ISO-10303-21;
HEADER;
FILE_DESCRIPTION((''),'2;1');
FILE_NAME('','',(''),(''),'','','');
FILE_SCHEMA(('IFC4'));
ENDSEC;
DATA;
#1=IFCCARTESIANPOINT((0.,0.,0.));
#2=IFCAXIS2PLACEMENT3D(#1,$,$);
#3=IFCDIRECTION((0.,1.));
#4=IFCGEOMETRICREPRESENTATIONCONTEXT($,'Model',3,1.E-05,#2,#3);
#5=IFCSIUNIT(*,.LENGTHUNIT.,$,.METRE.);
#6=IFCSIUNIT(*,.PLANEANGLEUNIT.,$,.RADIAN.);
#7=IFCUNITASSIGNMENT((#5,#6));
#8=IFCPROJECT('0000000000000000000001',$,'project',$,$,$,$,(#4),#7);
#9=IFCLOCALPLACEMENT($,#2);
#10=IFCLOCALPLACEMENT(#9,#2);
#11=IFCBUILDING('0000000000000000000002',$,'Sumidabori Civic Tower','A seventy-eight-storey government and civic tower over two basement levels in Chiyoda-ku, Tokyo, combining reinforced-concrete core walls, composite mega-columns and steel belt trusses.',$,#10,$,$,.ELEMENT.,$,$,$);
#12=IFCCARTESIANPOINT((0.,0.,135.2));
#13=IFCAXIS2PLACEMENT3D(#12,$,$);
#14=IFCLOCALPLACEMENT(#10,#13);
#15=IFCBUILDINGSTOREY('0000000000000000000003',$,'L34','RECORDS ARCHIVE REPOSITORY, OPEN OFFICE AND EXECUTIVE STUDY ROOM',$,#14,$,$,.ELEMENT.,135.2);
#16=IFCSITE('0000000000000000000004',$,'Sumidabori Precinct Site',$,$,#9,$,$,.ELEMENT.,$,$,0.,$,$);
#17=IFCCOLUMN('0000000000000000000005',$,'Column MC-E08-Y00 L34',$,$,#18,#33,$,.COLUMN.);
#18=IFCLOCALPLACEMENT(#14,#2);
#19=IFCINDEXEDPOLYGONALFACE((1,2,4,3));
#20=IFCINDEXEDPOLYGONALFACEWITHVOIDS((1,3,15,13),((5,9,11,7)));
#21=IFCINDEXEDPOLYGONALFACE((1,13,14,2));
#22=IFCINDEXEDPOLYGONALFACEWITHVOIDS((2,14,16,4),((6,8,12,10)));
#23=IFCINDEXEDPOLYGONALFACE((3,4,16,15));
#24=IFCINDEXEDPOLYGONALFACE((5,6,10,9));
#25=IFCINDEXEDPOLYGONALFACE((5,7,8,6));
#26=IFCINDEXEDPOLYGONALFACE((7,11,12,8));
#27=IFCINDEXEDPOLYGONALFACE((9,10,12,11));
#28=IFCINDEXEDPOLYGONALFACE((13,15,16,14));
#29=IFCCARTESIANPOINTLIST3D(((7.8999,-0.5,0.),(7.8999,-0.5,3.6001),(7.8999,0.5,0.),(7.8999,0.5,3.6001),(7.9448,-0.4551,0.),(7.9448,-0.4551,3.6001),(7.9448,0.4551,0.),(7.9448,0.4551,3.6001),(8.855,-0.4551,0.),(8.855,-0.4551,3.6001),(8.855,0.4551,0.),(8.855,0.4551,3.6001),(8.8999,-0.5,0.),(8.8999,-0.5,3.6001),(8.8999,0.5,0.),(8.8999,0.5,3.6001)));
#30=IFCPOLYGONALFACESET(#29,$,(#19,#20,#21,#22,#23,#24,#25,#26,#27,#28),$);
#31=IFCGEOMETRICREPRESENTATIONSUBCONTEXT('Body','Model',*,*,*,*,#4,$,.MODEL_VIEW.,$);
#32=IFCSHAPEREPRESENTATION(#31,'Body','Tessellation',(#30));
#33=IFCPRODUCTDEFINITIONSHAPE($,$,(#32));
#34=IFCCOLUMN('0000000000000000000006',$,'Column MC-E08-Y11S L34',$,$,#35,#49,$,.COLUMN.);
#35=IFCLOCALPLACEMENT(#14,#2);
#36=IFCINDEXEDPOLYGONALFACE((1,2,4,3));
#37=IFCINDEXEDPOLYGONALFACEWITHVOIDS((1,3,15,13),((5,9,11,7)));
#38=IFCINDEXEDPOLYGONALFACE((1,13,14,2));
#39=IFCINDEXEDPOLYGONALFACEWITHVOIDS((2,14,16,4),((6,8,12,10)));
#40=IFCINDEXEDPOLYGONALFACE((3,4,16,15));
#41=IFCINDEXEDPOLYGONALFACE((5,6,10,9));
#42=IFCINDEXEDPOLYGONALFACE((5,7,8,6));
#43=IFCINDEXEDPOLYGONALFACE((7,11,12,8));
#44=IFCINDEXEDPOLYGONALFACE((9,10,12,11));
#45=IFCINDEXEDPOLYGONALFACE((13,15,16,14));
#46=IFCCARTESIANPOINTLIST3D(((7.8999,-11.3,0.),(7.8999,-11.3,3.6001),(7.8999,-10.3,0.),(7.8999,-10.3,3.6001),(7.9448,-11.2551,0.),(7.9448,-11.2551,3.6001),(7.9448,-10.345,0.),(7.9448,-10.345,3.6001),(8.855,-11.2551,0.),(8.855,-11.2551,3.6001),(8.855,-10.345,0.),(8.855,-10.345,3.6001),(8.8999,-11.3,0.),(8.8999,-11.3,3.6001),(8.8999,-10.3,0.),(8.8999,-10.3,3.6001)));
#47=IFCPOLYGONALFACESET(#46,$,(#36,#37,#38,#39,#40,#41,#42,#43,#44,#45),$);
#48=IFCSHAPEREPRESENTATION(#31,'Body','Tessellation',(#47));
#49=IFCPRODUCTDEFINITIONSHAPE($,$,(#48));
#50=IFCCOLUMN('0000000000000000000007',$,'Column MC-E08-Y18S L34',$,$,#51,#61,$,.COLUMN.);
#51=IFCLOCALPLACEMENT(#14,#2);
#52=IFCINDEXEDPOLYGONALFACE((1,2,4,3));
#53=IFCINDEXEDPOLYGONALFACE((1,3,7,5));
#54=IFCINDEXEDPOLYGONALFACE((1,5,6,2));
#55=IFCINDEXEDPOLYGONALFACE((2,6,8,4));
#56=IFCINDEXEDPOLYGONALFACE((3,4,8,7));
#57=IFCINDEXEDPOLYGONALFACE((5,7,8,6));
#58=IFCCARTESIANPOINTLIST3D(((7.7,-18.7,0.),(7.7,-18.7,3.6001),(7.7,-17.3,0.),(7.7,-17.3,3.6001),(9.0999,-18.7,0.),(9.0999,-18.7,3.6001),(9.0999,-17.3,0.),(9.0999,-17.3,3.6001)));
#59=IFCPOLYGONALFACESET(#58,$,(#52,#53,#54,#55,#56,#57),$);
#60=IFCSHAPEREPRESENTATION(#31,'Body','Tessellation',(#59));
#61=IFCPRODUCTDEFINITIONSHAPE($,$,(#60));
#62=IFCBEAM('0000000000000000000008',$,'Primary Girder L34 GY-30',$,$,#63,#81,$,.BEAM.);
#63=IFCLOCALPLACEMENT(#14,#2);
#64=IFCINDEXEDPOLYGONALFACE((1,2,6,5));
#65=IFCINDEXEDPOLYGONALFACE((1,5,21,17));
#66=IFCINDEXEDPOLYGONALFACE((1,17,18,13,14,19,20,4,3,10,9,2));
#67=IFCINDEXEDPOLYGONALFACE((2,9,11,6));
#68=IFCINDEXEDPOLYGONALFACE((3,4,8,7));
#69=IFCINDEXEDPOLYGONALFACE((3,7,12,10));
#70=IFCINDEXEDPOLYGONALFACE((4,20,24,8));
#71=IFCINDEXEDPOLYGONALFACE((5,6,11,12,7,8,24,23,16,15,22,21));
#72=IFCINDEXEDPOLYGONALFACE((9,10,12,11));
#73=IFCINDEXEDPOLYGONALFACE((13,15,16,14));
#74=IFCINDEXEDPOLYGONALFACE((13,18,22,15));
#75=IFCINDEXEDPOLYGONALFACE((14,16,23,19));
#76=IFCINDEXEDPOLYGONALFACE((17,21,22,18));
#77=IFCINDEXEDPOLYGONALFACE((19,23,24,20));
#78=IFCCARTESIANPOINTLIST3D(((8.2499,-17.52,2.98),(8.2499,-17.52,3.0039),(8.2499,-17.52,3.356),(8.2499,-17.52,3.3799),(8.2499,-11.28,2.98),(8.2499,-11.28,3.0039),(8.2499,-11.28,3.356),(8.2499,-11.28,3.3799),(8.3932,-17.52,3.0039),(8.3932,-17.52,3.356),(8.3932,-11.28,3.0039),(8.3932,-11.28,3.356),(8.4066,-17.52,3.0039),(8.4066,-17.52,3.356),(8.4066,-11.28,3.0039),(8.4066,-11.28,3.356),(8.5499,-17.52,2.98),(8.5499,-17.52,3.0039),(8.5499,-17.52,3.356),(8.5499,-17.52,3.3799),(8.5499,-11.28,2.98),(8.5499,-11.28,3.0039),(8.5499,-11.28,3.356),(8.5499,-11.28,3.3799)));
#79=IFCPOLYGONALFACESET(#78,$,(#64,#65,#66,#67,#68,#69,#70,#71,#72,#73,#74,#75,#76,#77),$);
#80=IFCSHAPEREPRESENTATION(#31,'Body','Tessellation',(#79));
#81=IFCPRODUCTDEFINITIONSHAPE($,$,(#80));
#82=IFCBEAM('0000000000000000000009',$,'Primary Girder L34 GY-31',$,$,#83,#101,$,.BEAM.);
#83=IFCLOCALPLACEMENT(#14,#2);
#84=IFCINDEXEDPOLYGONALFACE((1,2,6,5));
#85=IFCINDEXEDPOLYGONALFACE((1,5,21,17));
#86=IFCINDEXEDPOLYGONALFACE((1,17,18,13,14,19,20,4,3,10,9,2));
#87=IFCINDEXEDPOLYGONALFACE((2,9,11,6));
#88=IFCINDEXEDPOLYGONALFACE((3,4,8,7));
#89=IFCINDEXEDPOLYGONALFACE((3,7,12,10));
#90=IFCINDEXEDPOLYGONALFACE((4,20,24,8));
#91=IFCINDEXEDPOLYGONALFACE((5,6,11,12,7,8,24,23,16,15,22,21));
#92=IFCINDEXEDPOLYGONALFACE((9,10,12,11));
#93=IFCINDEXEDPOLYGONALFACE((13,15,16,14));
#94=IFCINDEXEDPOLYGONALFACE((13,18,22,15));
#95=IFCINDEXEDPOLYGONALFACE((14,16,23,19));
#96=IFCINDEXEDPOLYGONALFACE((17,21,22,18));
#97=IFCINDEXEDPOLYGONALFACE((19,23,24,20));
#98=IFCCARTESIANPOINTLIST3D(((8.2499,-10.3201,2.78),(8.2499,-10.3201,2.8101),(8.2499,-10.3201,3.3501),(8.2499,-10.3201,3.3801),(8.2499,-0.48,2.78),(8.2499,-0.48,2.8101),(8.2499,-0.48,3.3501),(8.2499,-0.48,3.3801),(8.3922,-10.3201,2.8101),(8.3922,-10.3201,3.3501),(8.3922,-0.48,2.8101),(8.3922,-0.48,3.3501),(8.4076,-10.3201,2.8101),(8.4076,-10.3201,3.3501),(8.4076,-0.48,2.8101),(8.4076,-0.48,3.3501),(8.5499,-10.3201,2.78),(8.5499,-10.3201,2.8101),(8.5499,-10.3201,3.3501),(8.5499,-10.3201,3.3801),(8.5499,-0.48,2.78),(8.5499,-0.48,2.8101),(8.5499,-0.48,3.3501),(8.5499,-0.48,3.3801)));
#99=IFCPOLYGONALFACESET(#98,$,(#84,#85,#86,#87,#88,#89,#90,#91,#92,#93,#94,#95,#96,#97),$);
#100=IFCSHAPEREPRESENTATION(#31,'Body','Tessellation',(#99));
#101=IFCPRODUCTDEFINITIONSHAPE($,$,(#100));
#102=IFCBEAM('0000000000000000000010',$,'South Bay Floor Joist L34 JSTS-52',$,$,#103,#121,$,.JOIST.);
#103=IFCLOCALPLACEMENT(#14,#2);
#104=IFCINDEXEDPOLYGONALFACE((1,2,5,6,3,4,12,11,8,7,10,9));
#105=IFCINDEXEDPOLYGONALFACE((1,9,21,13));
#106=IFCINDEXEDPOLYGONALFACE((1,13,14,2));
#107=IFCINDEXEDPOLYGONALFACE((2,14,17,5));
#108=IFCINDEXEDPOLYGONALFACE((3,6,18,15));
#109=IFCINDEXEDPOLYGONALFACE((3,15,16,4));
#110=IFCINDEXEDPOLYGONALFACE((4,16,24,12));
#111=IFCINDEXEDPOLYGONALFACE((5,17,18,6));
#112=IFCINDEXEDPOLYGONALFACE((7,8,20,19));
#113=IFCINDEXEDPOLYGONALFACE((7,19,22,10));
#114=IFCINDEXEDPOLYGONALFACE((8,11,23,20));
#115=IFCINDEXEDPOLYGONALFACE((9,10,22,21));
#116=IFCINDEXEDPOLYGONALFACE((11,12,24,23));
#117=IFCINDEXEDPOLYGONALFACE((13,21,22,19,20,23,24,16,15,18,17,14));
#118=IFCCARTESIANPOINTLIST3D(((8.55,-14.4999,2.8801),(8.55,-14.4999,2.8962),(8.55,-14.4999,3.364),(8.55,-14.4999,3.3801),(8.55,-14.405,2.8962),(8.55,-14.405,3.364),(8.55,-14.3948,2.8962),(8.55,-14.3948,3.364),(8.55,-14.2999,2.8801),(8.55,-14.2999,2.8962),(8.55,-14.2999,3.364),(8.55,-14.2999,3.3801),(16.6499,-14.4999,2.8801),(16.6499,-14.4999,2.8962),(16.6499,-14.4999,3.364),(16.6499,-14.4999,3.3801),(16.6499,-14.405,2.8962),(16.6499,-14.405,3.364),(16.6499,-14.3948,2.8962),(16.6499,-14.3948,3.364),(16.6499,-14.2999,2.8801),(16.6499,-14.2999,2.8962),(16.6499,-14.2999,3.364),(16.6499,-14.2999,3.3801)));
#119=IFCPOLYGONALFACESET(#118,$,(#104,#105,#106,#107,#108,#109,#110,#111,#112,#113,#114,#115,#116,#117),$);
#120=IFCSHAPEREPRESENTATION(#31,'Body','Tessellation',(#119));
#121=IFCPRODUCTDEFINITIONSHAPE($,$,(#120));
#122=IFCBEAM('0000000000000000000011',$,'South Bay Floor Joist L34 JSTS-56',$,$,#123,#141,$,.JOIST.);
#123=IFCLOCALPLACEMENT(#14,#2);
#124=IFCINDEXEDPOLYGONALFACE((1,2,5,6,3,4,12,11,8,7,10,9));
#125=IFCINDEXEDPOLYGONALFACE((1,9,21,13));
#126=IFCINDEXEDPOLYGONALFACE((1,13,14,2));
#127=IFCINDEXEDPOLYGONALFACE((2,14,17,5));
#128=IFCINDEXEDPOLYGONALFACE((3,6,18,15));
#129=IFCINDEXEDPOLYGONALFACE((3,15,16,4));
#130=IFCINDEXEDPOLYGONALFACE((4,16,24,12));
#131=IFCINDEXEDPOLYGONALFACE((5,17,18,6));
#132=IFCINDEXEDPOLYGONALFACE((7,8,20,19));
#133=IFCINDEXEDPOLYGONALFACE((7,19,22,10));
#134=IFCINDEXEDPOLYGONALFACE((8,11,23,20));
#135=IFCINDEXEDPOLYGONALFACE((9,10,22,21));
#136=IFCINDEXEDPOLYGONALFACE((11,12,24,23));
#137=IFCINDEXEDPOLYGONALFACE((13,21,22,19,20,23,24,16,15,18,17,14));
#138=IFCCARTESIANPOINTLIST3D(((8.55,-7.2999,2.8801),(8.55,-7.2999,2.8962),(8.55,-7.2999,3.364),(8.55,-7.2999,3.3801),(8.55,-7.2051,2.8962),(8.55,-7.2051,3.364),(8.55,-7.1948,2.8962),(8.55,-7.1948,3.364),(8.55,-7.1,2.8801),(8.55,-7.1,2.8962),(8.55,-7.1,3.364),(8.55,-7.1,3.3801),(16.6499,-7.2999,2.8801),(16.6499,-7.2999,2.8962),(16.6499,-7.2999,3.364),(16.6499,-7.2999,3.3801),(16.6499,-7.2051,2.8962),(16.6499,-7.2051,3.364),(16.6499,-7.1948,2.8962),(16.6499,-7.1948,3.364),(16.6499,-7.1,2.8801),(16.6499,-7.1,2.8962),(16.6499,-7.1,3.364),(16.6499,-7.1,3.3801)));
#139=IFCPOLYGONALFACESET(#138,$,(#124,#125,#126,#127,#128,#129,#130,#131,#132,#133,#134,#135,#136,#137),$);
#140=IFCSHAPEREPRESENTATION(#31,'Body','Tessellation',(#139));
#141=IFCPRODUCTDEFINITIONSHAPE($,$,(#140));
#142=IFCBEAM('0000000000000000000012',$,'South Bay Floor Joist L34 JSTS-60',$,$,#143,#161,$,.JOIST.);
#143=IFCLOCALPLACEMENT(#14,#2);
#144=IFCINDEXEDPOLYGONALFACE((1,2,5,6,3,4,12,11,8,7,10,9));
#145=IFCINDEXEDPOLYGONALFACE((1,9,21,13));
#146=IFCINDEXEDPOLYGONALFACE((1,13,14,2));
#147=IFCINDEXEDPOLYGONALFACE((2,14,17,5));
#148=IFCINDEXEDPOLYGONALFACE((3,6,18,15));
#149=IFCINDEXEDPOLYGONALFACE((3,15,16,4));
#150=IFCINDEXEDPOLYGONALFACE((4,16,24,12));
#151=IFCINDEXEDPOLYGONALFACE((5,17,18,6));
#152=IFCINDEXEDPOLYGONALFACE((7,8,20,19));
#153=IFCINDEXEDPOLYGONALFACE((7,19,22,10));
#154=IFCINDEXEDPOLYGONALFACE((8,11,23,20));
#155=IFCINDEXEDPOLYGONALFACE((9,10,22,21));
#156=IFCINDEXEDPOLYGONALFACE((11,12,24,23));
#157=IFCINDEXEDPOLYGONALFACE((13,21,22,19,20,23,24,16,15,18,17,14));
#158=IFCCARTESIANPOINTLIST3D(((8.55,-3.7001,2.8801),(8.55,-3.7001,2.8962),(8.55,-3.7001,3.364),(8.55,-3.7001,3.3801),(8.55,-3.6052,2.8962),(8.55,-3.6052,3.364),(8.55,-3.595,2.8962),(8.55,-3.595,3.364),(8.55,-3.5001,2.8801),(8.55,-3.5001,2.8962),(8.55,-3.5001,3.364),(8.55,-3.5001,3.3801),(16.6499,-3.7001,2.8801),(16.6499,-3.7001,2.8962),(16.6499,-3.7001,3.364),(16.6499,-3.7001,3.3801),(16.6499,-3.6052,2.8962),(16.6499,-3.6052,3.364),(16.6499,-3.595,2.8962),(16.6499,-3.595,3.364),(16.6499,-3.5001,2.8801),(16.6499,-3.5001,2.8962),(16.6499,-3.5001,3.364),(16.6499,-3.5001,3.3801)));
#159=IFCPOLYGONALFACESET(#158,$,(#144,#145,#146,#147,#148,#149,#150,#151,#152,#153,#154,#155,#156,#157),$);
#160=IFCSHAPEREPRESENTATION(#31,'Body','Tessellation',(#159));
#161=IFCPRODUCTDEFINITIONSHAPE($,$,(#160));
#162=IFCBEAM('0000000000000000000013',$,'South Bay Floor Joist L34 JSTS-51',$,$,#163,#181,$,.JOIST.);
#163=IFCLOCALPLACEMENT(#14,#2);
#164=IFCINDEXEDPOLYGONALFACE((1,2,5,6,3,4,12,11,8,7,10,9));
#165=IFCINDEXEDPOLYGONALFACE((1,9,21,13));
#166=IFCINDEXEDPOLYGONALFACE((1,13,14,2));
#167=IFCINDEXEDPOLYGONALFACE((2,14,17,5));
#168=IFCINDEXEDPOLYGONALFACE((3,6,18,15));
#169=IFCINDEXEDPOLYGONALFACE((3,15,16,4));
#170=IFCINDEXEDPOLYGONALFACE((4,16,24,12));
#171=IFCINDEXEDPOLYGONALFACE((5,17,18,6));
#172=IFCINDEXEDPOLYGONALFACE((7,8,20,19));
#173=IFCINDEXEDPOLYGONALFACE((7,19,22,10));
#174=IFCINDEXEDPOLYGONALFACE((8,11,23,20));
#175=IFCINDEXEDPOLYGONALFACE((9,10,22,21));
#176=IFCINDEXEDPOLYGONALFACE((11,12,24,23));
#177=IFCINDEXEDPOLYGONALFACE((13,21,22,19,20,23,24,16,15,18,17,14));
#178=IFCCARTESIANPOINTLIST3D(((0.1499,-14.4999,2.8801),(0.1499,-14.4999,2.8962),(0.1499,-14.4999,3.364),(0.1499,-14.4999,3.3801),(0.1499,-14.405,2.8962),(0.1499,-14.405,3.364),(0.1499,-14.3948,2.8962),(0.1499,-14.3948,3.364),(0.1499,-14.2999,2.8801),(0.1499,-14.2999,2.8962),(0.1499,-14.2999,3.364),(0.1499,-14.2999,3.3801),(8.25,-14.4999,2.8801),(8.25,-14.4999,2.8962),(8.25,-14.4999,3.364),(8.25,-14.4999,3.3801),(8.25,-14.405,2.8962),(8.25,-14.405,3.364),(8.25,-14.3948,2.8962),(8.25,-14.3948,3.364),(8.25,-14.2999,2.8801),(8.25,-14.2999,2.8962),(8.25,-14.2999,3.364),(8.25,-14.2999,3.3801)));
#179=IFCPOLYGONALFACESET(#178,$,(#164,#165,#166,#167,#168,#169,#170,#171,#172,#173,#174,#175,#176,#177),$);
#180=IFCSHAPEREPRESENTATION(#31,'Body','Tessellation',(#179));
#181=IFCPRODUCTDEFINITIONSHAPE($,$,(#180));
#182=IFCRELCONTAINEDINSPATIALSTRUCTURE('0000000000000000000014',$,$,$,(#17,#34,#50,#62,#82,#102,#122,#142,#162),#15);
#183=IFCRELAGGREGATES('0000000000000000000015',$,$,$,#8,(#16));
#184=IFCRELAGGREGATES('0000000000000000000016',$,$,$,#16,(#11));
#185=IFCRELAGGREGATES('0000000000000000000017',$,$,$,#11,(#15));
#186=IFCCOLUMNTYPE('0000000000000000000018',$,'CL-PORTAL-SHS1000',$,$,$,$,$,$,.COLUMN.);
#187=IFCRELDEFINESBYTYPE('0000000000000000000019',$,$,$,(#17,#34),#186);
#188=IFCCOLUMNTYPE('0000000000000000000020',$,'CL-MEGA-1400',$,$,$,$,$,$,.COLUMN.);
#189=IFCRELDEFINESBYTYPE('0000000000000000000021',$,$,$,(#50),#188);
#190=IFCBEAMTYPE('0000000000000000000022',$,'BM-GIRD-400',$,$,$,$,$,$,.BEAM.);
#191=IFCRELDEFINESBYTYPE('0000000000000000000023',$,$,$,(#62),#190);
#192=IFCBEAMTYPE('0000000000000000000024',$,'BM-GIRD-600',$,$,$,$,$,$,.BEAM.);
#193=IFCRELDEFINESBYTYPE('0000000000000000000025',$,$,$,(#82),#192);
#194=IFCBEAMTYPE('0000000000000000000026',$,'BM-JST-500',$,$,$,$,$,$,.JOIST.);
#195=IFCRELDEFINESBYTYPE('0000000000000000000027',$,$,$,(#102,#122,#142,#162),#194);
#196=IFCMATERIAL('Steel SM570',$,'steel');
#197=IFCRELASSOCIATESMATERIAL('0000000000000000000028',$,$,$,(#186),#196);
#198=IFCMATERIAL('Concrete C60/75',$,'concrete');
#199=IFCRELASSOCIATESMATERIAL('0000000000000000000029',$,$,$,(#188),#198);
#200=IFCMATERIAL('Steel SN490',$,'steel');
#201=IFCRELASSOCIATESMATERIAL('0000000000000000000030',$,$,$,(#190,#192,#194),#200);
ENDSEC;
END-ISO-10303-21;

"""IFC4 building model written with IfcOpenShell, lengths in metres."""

from ifc_helpers import new_model, si_unit, direction, frame, origin, origin_2d, place, context, subcontext, project, spatial, rectangle, hollow_rectangle, i_section, extrude, source, transform, mapped, material, material_profile, profile_set, type_object, element, save


model = new_model("IFC4")

# Units and contexts
model_context = context("Model", 3, precision=1e-05, world=origin(), true_north=direction((0.0, 1.0)))
body_context = subcontext(model_context, "Body", "Model", "MODEL_VIEW")
ifc_project = project(units=[si_unit("LENGTHUNIT", "METRE"), si_unit("PLANEANGLEUNIT", "RADIAN")], contexts=[model_context])

# Site, building, storey
site_placement = place(None, origin())
site = spatial("IfcSite", under=ifc_project, at=site_placement, Name="Sumidabori Precinct Site", CompositionType="ELEMENT", RefElevation=0.0)
building_placement = place(site_placement, origin())
building = spatial("IfcBuilding", under=site, at=building_placement, Name="Sumidabori Civic Tower", Description="A seventy-eight-storey government and civic tower over two basement levels in Chiyoda-ku, Tokyo, combining reinforced-concrete core walls, composite mega-columns and steel belt trusses.", CompositionType="ELEMENT")
storey_placement = place(building_placement, frame((0.0, 0.0, 135.2)))
storey = spatial("IfcBuildingStorey", under=building, at=storey_placement, Name="L34", Description="RECORDS ARCHIVE REPOSITORY, OPEN OFFICE AND EXECUTIVE STUDY ROOM", CompositionType="ELEMENT", Elevation=135.2)

# Columns
ifc_material_1 = material(Name="Steel SM570", Category="steel")
ifc_material_profile_1 = material_profile(ifc_material_1, hollow_rectangle(XDim=1.0, YDim=1.0, WallThickness=0.0449, at=origin_2d()), Name="SHS 1000x1000x45")
ifc_profile_set_1 = profile_set([ifc_material_profile_1], Name="Steel SM570")
column_type_1 = type_object("IfcColumnType", Name="CL-PORTAL-SHS1000", PredefinedType="COLUMN", material=ifc_profile_set_1)
shared_shape_1 = source(origin(), body_context, "Body", "SweptSolid", [
    extrude(hollow_rectangle(XDim=1.0, YDim=1.0, WallThickness=0.0449, at=origin_2d()), origin(), (0.0, 0.0, 1.0), 3.6001),
])
for number, where, z_axis, x_axis, name in (
    (1, (8.3999, 0.0, 0.0), (0.0, 0.0, 1.0), (1.0, 0.0, 0.0), "Column MC-E08-Y00 L34"),
    (2, (8.3999, -10.8, 0.0), (0.0, 0.0, 1.0), (1.0, 0.0, 0.0), "Column MC-E08-Y11S L34"),
):
    element("IfcColumn", number, at=place(storey_placement, frame(where, z_axis=z_axis, x_axis=x_axis)), inside=storey, type_object=column_type_1, Name=name, PredefinedType="COLUMN", context=body_context, shape_type="MappedRepresentation", body=[
        mapped(shared_shape_1, transform((0.0, 0.0, 0.0), x_axis=(1.0, 0.0, 0.0), y_axis=(0.0, 1.0, 0.0), z_axis=(0.0, 0.0, 1.0), scale=1.0)),
    ])
ifc_material_2 = material(Name="Concrete C60/75", Category="concrete")
ifc_material_profile_2 = material_profile(ifc_material_2, rectangle(XDim=1.3999, YDim=1.3999, at=origin_2d()), Name="RC 1400x1400")
ifc_profile_set_2 = profile_set([ifc_material_profile_2], Name="Concrete C60/75")
column_type_2 = type_object("IfcColumnType", Name="CL-MEGA-1400", PredefinedType="COLUMN", material=ifc_profile_set_2)
shared_shape_2 = source(origin(), body_context, "Body", "SweptSolid", [
    extrude(rectangle(XDim=1.3999, YDim=1.3999, at=origin_2d()), origin(), (0.0, 0.0, 1.0), 3.6001),
])
column_placement = place(storey_placement, frame((8.3999, -18.0, 0.0), z_axis=(0.0, 0.0, 1.0), x_axis=(1.0, 0.0, 0.0)))
element("IfcColumn", 3, at=column_placement, inside=storey, type_object=column_type_2, Name="Column MC-E08-Y18S L34", PredefinedType="COLUMN", context=body_context, shape_type="MappedRepresentation", body=[
    mapped(shared_shape_2, transform((0.0, 0.0, 0.0), x_axis=(1.0, 0.0, 0.0), y_axis=(0.0, 1.0, 0.0), z_axis=(0.0, 0.0, 1.0), scale=1.0)),
])

# Beams
ifc_material_3 = material(Name="Steel SN490", Category="steel")
ifc_material_profile_3 = material_profile(ifc_material_3, i_section(OverallWidth=0.3, OverallDepth=0.3999, WebThickness=0.0134, FlangeThickness=0.0239, at=origin_2d()), Name="HE 400 B")
ifc_profile_set_3 = profile_set([ifc_material_profile_3], Name="Steel SN490")
beam_type_1 = type_object("IfcBeamType", Name="BM-GIRD-400", PredefinedType="BEAM", material=ifc_profile_set_3)
shared_shape_3 = source(origin(), body_context, "Body", "SweptSolid", [
    extrude(i_section(OverallWidth=0.3, OverallDepth=0.3999, WebThickness=0.0134, FlangeThickness=0.0239, at=origin_2d()), origin(), (0.0, 0.0, 1.0), 6.24),
])
beam_1_placement = place(storey_placement, frame((8.3999, -17.52, 3.1799), z_axis=(0.0, 1.0, 0.0), x_axis=(-1.0, 0.0, 0.0)))
element("IfcBeam", 4, at=beam_1_placement, inside=storey, type_object=beam_type_1, Name="Primary Girder L34 GY-30", PredefinedType="BEAM", context=body_context, shape_type="MappedRepresentation", body=[
    mapped(shared_shape_3, transform((0.0, 0.0, 0.0), x_axis=(1.0, 0.0, 0.0), y_axis=(0.0, 1.0, 0.0), z_axis=(0.0, 0.0, 1.0), scale=1.0)),
])
ifc_material_profile_4 = material_profile(ifc_material_3, i_section(OverallWidth=0.3, OverallDepth=0.6001, WebThickness=0.0154, FlangeThickness=0.03, at=origin_2d()), Name="HE 600 B")
ifc_profile_set_4 = profile_set([ifc_material_profile_4], Name="Steel SN490")
beam_type_2 = type_object("IfcBeamType", Name="BM-GIRD-600", PredefinedType="BEAM", material=ifc_profile_set_4)
shared_shape_4 = source(origin(), body_context, "Body", "SweptSolid", [
    extrude(i_section(OverallWidth=0.3, OverallDepth=0.6001, WebThickness=0.0154, FlangeThickness=0.03, at=origin_2d()), origin(), (0.0, 0.0, 1.0), 9.8401),
])
beam_2_placement = place(storey_placement, frame((8.3999, -10.3201, 3.0801), z_axis=(0.0, 1.0, 0.0), x_axis=(-1.0, 0.0, 0.0)))
element("IfcBeam", 5, at=beam_2_placement, inside=storey, type_object=beam_type_2, Name="Primary Girder L34 GY-31", PredefinedType="BEAM", context=body_context, shape_type="MappedRepresentation", body=[
    mapped(shared_shape_4, transform((0.0, 0.0, 0.0), x_axis=(1.0, 0.0, 0.0), y_axis=(0.0, 1.0, 0.0), z_axis=(0.0, 0.0, 1.0), scale=1.0)),
])
ifc_material_profile_5 = material_profile(ifc_material_3, i_section(OverallWidth=0.2, OverallDepth=0.5, WebThickness=0.0103, FlangeThickness=0.0161, at=origin_2d()), Name="IPE 500")
ifc_profile_set_5 = profile_set([ifc_material_profile_5], Name="Steel SN490")
beam_type_3 = type_object("IfcBeamType", Name="BM-JST-500", PredefinedType="JOIST", material=ifc_profile_set_5)
shared_shape_5 = source(origin(), body_context, "Body", "SweptSolid", [
    extrude(i_section(OverallWidth=0.2, OverallDepth=0.5, WebThickness=0.0103, FlangeThickness=0.0161, at=origin_2d()), origin(), (0.0, 0.0, 1.0), 8.0999),
])
for number, where, z_axis, x_axis, name in (
    (6, (8.55, -14.3999, 3.1301), (1.0, 0.0, 0.0), (0.0, 1.0, 0.0), "South Bay Floor Joist L34 JSTS-52"),
    (7, (8.55, -7.2, 3.1301), (1.0, 0.0, 0.0), (0.0, 1.0, 0.0), "South Bay Floor Joist L34 JSTS-56"),
    (8, (8.55, -3.6001, 3.1301), (1.0, 0.0, 0.0), (0.0, 1.0, 0.0), "South Bay Floor Joist L34 JSTS-60"),
):
    element("IfcBeam", number, at=place(storey_placement, frame(where, z_axis=z_axis, x_axis=x_axis)), inside=storey, type_object=beam_type_3, Name=name, PredefinedType="JOIST", context=body_context, shape_type="MappedRepresentation", body=[
        mapped(shared_shape_5, transform((0.0, 0.0, 0.0), x_axis=(1.0, 0.0, 0.0), y_axis=(0.0, 1.0, 0.0), z_axis=(0.0, 0.0, 1.0), scale=1.0)),
    ])
shared_shape_6 = source(origin(), body_context, "Body", "SweptSolid", [
    extrude(i_section(OverallWidth=0.2, OverallDepth=0.5, WebThickness=0.0103, FlangeThickness=0.0161, at=origin_2d()), origin(), (0.0, 0.0, 1.0), 8.1001),
])
for number, where, z_axis, x_axis, name in (
    (9, (0.1499, -14.3999, 3.1301), (1.0, 0.0, 0.0), (0.0, 1.0, 0.0), "South Bay Floor Joist L34 JSTS-51"),
):
    element("IfcBeam", number, at=place(storey_placement, frame(where, z_axis=z_axis, x_axis=x_axis)), inside=storey, type_object=beam_type_3, Name=name, PredefinedType="JOIST", context=body_context, shape_type="MappedRepresentation", body=[
        mapped(shared_shape_6, transform((0.0, 0.0, 0.0), x_axis=(1.0, 0.0, 0.0), y_axis=(0.0, 1.0, 0.0), z_axis=(0.0, 0.0, 1.0), scale=1.0)),
    ])

save(model, "model.ifc")
